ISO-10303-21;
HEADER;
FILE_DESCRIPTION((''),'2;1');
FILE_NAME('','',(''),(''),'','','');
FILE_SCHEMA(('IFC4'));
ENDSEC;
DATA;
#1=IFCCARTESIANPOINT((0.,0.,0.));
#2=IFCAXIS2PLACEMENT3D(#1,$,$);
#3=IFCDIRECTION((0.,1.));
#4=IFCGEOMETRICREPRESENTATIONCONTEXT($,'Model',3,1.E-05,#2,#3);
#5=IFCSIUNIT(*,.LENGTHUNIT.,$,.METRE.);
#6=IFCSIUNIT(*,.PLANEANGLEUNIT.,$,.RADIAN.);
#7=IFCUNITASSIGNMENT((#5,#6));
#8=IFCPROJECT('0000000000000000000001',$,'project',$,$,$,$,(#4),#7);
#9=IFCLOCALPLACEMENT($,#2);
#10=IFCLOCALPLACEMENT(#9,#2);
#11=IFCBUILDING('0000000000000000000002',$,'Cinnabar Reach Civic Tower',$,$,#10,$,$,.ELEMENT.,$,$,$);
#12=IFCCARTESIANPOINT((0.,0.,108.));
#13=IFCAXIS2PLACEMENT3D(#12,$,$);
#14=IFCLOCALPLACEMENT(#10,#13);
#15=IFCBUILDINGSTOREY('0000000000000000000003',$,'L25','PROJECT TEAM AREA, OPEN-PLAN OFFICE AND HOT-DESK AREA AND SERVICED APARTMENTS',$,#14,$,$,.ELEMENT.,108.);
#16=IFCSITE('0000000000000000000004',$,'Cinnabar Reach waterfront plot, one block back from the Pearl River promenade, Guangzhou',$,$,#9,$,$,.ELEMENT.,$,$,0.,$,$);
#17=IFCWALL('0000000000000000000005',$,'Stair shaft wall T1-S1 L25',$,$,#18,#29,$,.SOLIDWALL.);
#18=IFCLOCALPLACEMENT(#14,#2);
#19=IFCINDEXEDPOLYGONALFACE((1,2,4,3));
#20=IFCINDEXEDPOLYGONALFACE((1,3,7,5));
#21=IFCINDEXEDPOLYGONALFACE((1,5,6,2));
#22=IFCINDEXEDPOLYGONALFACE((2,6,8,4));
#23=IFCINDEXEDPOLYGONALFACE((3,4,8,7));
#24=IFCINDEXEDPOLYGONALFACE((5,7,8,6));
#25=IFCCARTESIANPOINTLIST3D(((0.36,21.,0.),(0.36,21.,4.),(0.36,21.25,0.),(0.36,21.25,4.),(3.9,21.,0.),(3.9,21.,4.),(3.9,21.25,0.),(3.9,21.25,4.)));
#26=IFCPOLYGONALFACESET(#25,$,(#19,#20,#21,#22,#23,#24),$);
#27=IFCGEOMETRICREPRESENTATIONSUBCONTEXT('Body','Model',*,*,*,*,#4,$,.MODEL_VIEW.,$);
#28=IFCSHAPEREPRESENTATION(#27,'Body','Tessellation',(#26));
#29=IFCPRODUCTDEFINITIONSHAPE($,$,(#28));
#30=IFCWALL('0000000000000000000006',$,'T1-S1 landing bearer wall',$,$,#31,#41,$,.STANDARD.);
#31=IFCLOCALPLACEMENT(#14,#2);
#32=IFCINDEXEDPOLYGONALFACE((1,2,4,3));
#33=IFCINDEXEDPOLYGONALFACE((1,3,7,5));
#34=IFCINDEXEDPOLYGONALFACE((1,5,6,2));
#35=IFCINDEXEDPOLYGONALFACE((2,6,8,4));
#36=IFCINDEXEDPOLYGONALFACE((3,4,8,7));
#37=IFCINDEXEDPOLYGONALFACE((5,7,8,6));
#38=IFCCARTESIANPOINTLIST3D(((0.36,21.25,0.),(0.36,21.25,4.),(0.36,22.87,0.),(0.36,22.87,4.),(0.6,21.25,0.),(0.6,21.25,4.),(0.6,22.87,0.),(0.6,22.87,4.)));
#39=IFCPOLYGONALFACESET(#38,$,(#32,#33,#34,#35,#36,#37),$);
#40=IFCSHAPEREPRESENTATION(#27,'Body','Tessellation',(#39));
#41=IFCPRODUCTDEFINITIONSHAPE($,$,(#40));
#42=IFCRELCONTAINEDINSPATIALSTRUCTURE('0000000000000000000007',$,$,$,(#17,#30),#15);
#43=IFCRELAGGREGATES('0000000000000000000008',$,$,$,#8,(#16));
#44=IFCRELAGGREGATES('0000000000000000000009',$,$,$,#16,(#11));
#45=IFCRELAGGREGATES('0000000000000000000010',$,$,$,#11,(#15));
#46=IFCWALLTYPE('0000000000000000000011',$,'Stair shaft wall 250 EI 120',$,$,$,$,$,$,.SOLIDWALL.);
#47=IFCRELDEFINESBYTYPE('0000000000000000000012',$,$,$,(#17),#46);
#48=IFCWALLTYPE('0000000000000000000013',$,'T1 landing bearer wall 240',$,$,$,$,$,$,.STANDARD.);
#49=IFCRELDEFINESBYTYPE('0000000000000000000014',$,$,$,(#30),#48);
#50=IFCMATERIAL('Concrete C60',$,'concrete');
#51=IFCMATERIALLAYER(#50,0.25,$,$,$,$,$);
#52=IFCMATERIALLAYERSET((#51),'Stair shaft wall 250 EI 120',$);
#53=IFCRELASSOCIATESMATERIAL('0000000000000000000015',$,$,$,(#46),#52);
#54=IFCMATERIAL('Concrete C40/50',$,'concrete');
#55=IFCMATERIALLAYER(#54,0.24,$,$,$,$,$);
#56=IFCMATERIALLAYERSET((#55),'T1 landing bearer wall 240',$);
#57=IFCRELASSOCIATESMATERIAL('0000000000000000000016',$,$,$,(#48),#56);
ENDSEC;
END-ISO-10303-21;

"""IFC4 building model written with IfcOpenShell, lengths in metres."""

from ifc_helpers import new_model, si_unit, direction, frame, frame_2d, origin, place, context, subcontext, project, spatial, rectangle, extrude, material, layer, layer_set, type_object, element, save


model = new_model("IFC4")

# Units and contexts
model_context = context("Model", 3, precision=1e-05, world=origin(), true_north=direction((0.0, 1.0)))
body_context = subcontext(model_context, "Body", "Model", "MODEL_VIEW")
ifc_project = project(units=[si_unit("LENGTHUNIT", "METRE"), si_unit("PLANEANGLEUNIT", "RADIAN")], contexts=[model_context])

# Site, building, storey
site_placement = place(None, origin())
site = spatial("IfcSite", under=ifc_project, at=site_placement, Name="Cinnabar Reach waterfront plot, one block back from the Pearl River promenade, Guangzhou", CompositionType="ELEMENT", RefElevation=0.0)
building_placement = place(site_placement, origin())
building = spatial("IfcBuilding", under=site, at=building_placement, Name="Cinnabar Reach Civic Tower", CompositionType="ELEMENT")
storey_placement = place(building_placement, frame((0.0, 0.0, 108.0)))
storey = spatial("IfcBuildingStorey", under=building, at=storey_placement, Name="L25", Description="PROJECT TEAM AREA, OPEN-PLAN OFFICE AND HOT-DESK AREA AND SERVICED APARTMENTS", CompositionType="ELEMENT", Elevation=108.0)

# Shared definitions
ifc_material_1 = material(Name="Concrete C40/50", Category="concrete")

# Walls
ifc_material_2 = material(Name="Concrete C60", Category="concrete")
ifc_layer_1 = layer(ifc_material_2, 0.25)
ifc_layer_set_1 = layer_set([ifc_layer_1], Name="Stair shaft wall 250 EI 120")
wall_type_1 = type_object("IfcWallType", Name="Stair shaft wall 250 EI 120", PredefinedType="SOLIDWALL", material=ifc_layer_set_1)
wall_1_placement = place(storey_placement, frame((0.36, 21.125, 0.0), z_axis=(0.0, 0.0, 1.0), x_axis=(1.0, 0.0, 0.0)))
element("IfcWall", 1, at=wall_1_placement, inside=storey, type_object=wall_type_1, Name="Stair shaft wall T1-S1 L25", PredefinedType="SOLIDWALL", context=body_context, shape_type="SweptSolid", body=[
    extrude(rectangle(XDim=3.54, YDim=0.25, at=frame_2d((1.77, 0.0))), origin(), (0.0, 0.0, 1.0), 4.0),
])
ifc_layer_2 = layer(ifc_material_1, 0.24)
ifc_layer_set_2 = layer_set([ifc_layer_2], Name="T1 landing bearer wall 240")
wall_type_2 = type_object("IfcWallType", Name="T1 landing bearer wall 240", PredefinedType="STANDARD", material=ifc_layer_set_2)
wall_2_placement = place(storey_placement, frame((0.48, 21.25, 0.0), z_axis=(0.0, 0.0, 1.0), x_axis=(0.0, 1.0, 0.0)))
element("IfcWall", 2, at=wall_2_placement, inside=storey, type_object=wall_type_2, Name="T1-S1 landing bearer wall", PredefinedType="STANDARD", context=body_context, shape_type="SweptSolid", body=[
    extrude(rectangle(XDim=1.62, YDim=0.24, at=frame_2d((0.81, 0.0))), origin(), (0.0, 0.0, 1.0), 4.0),
])

save(model, "model.ifc")
